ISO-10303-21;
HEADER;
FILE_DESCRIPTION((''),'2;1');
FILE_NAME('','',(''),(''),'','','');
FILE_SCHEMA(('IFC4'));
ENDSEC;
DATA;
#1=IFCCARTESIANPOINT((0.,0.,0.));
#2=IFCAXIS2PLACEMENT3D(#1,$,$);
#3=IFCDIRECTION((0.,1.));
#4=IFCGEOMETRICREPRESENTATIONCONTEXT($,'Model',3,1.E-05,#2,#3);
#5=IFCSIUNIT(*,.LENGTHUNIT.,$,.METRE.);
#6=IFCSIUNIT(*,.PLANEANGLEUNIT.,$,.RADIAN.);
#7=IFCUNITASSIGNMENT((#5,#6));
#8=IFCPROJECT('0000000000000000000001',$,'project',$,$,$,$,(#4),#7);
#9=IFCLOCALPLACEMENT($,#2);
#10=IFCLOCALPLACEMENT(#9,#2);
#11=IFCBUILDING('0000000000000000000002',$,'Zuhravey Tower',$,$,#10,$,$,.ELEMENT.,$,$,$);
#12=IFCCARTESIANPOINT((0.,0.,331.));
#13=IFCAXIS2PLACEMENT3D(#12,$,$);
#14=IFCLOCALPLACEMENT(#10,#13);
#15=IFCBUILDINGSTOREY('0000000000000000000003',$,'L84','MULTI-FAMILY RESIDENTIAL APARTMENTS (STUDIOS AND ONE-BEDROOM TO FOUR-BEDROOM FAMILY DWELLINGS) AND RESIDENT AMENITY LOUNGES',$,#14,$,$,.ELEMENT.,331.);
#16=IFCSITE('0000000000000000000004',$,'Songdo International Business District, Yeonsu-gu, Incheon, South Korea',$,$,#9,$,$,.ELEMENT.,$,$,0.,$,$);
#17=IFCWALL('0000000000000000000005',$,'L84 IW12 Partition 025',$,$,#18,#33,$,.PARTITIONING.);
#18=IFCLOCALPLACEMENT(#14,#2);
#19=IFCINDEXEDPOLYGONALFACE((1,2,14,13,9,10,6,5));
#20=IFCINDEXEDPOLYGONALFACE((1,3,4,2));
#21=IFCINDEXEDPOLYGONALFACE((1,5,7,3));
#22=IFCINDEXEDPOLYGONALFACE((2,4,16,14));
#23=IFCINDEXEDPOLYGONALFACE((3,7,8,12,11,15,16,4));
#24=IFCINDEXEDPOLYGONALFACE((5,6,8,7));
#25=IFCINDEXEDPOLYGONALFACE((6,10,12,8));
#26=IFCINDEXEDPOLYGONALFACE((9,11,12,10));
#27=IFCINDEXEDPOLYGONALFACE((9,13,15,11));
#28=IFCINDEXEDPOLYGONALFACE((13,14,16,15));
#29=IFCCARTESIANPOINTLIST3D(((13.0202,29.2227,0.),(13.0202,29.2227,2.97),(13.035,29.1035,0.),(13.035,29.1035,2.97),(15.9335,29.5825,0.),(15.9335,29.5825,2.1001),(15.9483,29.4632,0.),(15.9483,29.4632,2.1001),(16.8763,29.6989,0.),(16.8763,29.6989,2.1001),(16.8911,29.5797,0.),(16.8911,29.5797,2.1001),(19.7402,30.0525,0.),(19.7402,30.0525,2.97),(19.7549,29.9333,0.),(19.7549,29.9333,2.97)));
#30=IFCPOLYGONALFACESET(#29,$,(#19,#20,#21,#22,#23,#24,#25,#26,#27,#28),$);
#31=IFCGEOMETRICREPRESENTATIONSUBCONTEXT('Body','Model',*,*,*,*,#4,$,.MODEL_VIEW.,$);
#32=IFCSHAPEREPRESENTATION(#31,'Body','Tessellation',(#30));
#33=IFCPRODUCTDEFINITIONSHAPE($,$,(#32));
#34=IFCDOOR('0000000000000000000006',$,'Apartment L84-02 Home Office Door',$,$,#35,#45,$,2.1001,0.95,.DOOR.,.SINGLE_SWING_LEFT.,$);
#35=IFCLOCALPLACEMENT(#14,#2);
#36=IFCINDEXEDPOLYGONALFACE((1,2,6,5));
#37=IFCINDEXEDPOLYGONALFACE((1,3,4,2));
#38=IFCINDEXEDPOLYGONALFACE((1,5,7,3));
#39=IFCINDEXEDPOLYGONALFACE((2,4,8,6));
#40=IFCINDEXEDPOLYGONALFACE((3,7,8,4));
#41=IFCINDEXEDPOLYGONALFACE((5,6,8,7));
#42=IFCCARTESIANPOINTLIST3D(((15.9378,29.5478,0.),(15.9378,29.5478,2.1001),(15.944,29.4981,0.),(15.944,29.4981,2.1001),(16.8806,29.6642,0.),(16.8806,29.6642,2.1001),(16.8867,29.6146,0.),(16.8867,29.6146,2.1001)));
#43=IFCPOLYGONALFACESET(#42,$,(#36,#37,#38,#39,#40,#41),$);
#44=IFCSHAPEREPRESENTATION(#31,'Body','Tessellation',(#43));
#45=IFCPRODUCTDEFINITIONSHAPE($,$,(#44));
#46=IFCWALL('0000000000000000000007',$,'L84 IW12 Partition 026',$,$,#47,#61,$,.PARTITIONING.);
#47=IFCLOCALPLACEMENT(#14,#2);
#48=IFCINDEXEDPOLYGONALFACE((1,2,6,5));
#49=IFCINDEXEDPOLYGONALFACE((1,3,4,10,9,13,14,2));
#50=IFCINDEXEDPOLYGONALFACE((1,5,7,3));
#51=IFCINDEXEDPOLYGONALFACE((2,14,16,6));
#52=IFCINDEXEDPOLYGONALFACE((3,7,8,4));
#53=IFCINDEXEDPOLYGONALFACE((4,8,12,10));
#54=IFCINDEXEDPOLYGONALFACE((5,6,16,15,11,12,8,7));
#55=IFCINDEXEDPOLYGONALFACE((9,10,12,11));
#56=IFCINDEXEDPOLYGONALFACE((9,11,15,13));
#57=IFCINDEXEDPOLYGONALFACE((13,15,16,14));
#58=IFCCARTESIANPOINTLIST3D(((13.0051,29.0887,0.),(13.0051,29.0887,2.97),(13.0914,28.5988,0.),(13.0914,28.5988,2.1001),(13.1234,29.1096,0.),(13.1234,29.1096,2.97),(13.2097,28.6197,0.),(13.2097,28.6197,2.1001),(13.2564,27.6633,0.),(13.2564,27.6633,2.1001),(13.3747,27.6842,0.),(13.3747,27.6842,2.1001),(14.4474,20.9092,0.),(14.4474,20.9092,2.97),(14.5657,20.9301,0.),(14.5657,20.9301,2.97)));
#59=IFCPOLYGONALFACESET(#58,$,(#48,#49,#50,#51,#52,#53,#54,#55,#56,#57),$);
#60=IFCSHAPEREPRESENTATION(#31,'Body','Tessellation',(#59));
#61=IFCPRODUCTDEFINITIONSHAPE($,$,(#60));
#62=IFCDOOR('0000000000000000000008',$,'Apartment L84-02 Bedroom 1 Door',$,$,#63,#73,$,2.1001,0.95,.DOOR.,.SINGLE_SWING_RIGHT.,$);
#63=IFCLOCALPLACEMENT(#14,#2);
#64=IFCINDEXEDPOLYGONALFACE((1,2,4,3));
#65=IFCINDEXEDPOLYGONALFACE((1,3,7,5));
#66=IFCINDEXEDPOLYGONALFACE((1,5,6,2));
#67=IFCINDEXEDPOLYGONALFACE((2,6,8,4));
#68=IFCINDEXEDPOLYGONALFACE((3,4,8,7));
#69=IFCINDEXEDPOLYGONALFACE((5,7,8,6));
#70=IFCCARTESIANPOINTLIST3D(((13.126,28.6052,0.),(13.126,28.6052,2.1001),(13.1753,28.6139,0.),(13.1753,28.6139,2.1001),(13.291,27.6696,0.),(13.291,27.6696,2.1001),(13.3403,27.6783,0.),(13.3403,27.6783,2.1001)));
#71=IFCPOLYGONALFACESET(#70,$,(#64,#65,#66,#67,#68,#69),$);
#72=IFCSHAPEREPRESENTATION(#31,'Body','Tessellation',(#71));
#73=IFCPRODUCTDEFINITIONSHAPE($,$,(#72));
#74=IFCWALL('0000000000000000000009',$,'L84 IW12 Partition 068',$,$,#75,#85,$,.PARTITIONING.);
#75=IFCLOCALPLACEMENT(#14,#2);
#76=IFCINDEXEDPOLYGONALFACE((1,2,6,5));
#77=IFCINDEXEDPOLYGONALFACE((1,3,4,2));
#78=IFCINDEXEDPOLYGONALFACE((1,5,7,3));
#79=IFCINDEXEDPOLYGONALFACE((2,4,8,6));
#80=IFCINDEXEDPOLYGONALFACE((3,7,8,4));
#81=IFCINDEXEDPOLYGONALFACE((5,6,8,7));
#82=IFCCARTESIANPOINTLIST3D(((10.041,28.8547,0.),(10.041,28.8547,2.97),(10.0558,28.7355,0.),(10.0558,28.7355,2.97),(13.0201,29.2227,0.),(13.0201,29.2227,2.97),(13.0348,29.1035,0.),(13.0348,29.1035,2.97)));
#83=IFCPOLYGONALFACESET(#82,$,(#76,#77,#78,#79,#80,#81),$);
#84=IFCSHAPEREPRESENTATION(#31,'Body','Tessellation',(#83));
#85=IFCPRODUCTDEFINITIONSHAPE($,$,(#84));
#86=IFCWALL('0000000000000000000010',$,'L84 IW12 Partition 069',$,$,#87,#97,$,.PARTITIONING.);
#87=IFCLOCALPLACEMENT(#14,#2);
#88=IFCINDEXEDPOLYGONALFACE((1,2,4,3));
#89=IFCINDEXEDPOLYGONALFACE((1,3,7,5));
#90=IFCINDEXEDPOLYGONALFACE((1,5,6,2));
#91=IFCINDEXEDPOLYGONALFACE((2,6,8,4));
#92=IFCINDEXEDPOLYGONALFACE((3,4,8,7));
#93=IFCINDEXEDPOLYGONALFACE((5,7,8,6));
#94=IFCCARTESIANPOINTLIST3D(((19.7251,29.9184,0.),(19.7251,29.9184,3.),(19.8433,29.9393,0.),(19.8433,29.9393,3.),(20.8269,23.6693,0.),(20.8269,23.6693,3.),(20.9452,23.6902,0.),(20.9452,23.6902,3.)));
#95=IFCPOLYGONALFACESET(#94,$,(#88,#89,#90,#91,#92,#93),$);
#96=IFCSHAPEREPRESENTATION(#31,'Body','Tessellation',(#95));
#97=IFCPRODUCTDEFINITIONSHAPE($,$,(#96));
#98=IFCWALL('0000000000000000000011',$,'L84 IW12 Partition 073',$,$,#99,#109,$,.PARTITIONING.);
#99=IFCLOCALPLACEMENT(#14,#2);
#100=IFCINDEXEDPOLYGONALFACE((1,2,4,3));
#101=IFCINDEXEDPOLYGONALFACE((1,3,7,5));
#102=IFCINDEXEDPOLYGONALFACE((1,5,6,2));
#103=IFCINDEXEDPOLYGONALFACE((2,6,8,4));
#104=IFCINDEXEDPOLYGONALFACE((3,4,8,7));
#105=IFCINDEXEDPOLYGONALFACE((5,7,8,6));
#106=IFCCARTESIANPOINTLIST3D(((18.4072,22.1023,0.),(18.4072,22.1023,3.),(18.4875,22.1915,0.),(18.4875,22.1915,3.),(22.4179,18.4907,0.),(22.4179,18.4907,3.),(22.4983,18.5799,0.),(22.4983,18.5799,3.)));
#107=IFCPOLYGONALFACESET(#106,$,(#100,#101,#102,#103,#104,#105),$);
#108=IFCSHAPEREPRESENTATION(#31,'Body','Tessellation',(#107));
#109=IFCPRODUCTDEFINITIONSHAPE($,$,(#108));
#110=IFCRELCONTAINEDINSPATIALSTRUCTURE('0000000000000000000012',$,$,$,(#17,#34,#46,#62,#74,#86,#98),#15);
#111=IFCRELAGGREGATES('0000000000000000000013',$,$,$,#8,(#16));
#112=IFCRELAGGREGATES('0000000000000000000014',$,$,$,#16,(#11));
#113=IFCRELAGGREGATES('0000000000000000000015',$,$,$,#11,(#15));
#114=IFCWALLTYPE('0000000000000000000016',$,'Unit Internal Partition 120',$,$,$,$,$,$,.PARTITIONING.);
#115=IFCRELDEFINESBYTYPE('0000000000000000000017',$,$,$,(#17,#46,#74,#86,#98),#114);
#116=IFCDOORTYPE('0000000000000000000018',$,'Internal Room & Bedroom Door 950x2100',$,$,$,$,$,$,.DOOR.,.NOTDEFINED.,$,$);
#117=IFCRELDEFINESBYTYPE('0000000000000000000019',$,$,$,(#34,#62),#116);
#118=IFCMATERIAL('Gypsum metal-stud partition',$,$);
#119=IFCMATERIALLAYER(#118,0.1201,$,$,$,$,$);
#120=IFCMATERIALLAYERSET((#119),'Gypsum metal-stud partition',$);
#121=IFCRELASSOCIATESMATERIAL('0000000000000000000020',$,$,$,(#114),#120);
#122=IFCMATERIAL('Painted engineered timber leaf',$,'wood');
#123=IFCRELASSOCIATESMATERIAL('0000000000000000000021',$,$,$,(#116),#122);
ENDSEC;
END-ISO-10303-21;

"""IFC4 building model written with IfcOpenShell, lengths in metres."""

from ifc_helpers import new_model, si_unit, direction, frame, frame_2d, origin, place, context, subcontext, project, spatial, rectangle, extrude, material, layer, layer_set, type_object, element, fill, save


model = new_model("IFC4")

# Units and contexts
model_context = context("Model", 3, precision=1e-05, world=origin(), true_north=direction((0.0, 1.0)))
body_context = subcontext(model_context, "Body", "Model", "MODEL_VIEW")
ifc_project = project(units=[si_unit("LENGTHUNIT", "METRE"), si_unit("PLANEANGLEUNIT", "RADIAN")], contexts=[model_context])

# Site, building, storey
site_placement = place(None, origin())
site = spatial("IfcSite", under=ifc_project, at=site_placement, Name="Songdo International Business District, Yeonsu-gu, Incheon, South Korea", CompositionType="ELEMENT", RefElevation=0.0)
building_placement = place(site_placement, origin())
building = spatial("IfcBuilding", under=site, at=building_placement, Name="Zuhravey Tower", CompositionType="ELEMENT")
storey_placement = place(building_placement, frame((0.0, 0.0, 331.0)))
storey = spatial("IfcBuildingStorey", under=building, at=storey_placement, Name="L84", Description="MULTI-FAMILY RESIDENTIAL APARTMENTS (STUDIOS AND ONE-BEDROOM TO FOUR-BEDROOM FAMILY DWELLINGS) AND RESIDENT AMENITY LOUNGES", CompositionType="ELEMENT", Elevation=331.0)

# Walls, openings, doors
ifc_material_1 = material(Name="Gypsum metal-stud partition")
ifc_layer_1 = layer(ifc_material_1, 0.1201)
ifc_layer_set_1 = layer_set([ifc_layer_1], Name="Gypsum metal-stud partition")
wall_type = type_object("IfcWallType", Name="Unit Internal Partition 120", PredefinedType="PARTITIONING", material=ifc_layer_set_1)
wall_1_placement = place(storey_placement, frame((19.7476, 29.9929, 0.0), z_axis=(0.0, 0.0, 1.0), x_axis=(-0.992461, -0.122557, 0.0)))
wall_1 = element("IfcWall", 1, at=wall_1_placement, inside=storey, type_object=wall_type, Name="L84 IW12 Partition 025", PredefinedType="PARTITIONING", context=body_context, shape_type="SweptSolid", body=[
    extrude(rectangle(XDim=6.771, YDim=0.1201, at=frame_2d((3.3855, 0.0))), origin(), (0.0, 0.0, 1.0), 2.97),
])
opening_1_placement = place(wall_1_placement, frame((2.8855, 0.0, 0.0)))
opening_1 = element("IfcOpeningElement", 2, at=opening_1_placement, cuts=wall_1, PredefinedType="OPENING", context=body_context, shape_type="SweptSolid", body=[
    extrude(rectangle(XDim=0.95, YDim=2.1001, at=frame_2d((0.4751, 1.05))), frame((0.0, 0.072, 0.0), z_axis=(0.0, -1.0, 0.0), x_axis=(1.0, 0.0, 0.0)), (0.0, 0.0, 1.0), 0.144),
])
ifc_material_2 = material(Name="Painted engineered timber leaf", Category="wood")
door_type = type_object("IfcDoorType", Name="Internal Room & Bedroom Door 950x2100", OperationType="NOTDEFINED", PredefinedType="DOOR", material=ifc_material_2)
door_1_placement = place(opening_1_placement, origin())
door_1 = element("IfcDoor", 3, at=door_1_placement, inside=storey, type_object=door_type, Name="Apartment L84-02 Home Office Door", OperationType="SINGLE_SWING_LEFT", OverallHeight=2.1001, OverallWidth=0.95, PredefinedType="DOOR", context=body_context, shape_type="SweptSolid", body=[
    extrude(rectangle(XDim=0.95, YDim=2.1001, at=frame_2d((0.4751, 1.05))), frame((0.0, 0.0249, 0.0), z_axis=(0.0, -1.0, 0.0), x_axis=(1.0, 0.0, 0.0)), (0.0, 0.0, 1.0), 0.05),
])
fill(opening_1, door_1)
wall_2_placement = place(storey_placement, frame((13.0642, 29.0991, 0.0), z_axis=(0.0, 0.0, 1.0), x_axis=(0.173663, -0.984805, 0.0)))
wall_2 = element("IfcWall", 4, at=wall_2_placement, inside=storey, type_object=wall_type, Name="L84 IW12 Partition 026", PredefinedType="PARTITIONING", context=body_context, shape_type="SweptSolid", body=[
    extrude(rectangle(XDim=8.3057, YDim=0.1201, at=frame_2d((4.1528, 0.0))), origin(), (0.0, 0.0, 1.0), 2.97),
])
opening_2_placement = place(wall_2_placement, frame((0.4973, 0.0, 0.0)))
opening_2 = element("IfcOpeningElement", 5, at=opening_2_placement, cuts=wall_2, PredefinedType="OPENING", context=body_context, shape_type="SweptSolid", body=[
    extrude(rectangle(XDim=0.95, YDim=2.1001, at=frame_2d((0.4751, 1.05))), frame((0.0, 0.072, 0.0), z_axis=(0.0, -1.0, 0.0), x_axis=(1.0, 0.0, 0.0)), (0.0, 0.0, 1.0), 0.144),
])
door_2_placement = place(opening_2_placement, frame((0.95, 0.0, 0.0), z_axis=(0.0, 0.0, 1.0), x_axis=(-1.0, 0.0, 0.0)))
door_2 = element("IfcDoor", 6, at=door_2_placement, inside=storey, type_object=door_type, Name="Apartment L84-02 Bedroom 1 Door", OperationType="SINGLE_SWING_RIGHT", OverallHeight=2.1001, OverallWidth=0.95, PredefinedType="DOOR", context=body_context, shape_type="SweptSolid", body=[
    extrude(rectangle(XDim=0.95, YDim=2.1001, at=frame_2d((0.4751, 1.05))), frame((0.0, 0.0249, 0.0), z_axis=(0.0, -1.0, 0.0), x_axis=(1.0, 0.0, 0.0)), (0.0, 0.0, 1.0), 0.05),
])
fill(opening_2, door_2)

# Walls
wall_3_placement = place(storey_placement, frame((13.0276, 29.1631, 0.0), z_axis=(0.0, 0.0, 1.0), x_axis=(-0.992459, -0.122573, 0.0)))
element("IfcWall", 7, at=wall_3_placement, inside=storey, type_object=wall_type, Name="L84 IW12 Partition 068", PredefinedType="PARTITIONING", context=body_context, shape_type="SweptSolid", body=[
    extrude(rectangle(XDim=3.0017, YDim=0.1201, at=frame_2d((1.501, 0.0))), origin(), (0.0, 0.0, 1.0), 2.97),
])
wall_4_placement = place(storey_placement, frame((19.7842, 29.929, 0.0), z_axis=(0.0, 0.0, 1.0), x_axis=(0.173638, -0.984809, 0.0)))
element("IfcWall", 8, at=wall_4_placement, inside=storey, type_object=wall_type, Name="L84 IW12 Partition 069", PredefinedType="PARTITIONING", context=body_context, shape_type="SweptSolid", body=[
    extrude(rectangle(XDim=6.3455, YDim=0.1201, at=frame_2d((3.1729, 0.0))), origin(), (0.0, 0.0, 1.0), 3.0),
])
wall_5_placement = place(storey_placement, frame((18.4473, 22.147, 0.0), z_axis=(0.0, 0.0, 1.0), x_axis=(0.743119, -0.66916, 0.0)))
element("IfcWall", 9, at=wall_5_placement, inside=storey, type_object=wall_type, Name="L84 IW12 Partition 073", PredefinedType="PARTITIONING", context=body_context, shape_type="SweptSolid", body=[
    extrude(rectangle(XDim=5.3972, YDim=0.1201, at=frame_2d((2.6987, 0.0))), origin(), (0.0, 0.0, 1.0), 3.0),
])

save(model, "model.ifc")
